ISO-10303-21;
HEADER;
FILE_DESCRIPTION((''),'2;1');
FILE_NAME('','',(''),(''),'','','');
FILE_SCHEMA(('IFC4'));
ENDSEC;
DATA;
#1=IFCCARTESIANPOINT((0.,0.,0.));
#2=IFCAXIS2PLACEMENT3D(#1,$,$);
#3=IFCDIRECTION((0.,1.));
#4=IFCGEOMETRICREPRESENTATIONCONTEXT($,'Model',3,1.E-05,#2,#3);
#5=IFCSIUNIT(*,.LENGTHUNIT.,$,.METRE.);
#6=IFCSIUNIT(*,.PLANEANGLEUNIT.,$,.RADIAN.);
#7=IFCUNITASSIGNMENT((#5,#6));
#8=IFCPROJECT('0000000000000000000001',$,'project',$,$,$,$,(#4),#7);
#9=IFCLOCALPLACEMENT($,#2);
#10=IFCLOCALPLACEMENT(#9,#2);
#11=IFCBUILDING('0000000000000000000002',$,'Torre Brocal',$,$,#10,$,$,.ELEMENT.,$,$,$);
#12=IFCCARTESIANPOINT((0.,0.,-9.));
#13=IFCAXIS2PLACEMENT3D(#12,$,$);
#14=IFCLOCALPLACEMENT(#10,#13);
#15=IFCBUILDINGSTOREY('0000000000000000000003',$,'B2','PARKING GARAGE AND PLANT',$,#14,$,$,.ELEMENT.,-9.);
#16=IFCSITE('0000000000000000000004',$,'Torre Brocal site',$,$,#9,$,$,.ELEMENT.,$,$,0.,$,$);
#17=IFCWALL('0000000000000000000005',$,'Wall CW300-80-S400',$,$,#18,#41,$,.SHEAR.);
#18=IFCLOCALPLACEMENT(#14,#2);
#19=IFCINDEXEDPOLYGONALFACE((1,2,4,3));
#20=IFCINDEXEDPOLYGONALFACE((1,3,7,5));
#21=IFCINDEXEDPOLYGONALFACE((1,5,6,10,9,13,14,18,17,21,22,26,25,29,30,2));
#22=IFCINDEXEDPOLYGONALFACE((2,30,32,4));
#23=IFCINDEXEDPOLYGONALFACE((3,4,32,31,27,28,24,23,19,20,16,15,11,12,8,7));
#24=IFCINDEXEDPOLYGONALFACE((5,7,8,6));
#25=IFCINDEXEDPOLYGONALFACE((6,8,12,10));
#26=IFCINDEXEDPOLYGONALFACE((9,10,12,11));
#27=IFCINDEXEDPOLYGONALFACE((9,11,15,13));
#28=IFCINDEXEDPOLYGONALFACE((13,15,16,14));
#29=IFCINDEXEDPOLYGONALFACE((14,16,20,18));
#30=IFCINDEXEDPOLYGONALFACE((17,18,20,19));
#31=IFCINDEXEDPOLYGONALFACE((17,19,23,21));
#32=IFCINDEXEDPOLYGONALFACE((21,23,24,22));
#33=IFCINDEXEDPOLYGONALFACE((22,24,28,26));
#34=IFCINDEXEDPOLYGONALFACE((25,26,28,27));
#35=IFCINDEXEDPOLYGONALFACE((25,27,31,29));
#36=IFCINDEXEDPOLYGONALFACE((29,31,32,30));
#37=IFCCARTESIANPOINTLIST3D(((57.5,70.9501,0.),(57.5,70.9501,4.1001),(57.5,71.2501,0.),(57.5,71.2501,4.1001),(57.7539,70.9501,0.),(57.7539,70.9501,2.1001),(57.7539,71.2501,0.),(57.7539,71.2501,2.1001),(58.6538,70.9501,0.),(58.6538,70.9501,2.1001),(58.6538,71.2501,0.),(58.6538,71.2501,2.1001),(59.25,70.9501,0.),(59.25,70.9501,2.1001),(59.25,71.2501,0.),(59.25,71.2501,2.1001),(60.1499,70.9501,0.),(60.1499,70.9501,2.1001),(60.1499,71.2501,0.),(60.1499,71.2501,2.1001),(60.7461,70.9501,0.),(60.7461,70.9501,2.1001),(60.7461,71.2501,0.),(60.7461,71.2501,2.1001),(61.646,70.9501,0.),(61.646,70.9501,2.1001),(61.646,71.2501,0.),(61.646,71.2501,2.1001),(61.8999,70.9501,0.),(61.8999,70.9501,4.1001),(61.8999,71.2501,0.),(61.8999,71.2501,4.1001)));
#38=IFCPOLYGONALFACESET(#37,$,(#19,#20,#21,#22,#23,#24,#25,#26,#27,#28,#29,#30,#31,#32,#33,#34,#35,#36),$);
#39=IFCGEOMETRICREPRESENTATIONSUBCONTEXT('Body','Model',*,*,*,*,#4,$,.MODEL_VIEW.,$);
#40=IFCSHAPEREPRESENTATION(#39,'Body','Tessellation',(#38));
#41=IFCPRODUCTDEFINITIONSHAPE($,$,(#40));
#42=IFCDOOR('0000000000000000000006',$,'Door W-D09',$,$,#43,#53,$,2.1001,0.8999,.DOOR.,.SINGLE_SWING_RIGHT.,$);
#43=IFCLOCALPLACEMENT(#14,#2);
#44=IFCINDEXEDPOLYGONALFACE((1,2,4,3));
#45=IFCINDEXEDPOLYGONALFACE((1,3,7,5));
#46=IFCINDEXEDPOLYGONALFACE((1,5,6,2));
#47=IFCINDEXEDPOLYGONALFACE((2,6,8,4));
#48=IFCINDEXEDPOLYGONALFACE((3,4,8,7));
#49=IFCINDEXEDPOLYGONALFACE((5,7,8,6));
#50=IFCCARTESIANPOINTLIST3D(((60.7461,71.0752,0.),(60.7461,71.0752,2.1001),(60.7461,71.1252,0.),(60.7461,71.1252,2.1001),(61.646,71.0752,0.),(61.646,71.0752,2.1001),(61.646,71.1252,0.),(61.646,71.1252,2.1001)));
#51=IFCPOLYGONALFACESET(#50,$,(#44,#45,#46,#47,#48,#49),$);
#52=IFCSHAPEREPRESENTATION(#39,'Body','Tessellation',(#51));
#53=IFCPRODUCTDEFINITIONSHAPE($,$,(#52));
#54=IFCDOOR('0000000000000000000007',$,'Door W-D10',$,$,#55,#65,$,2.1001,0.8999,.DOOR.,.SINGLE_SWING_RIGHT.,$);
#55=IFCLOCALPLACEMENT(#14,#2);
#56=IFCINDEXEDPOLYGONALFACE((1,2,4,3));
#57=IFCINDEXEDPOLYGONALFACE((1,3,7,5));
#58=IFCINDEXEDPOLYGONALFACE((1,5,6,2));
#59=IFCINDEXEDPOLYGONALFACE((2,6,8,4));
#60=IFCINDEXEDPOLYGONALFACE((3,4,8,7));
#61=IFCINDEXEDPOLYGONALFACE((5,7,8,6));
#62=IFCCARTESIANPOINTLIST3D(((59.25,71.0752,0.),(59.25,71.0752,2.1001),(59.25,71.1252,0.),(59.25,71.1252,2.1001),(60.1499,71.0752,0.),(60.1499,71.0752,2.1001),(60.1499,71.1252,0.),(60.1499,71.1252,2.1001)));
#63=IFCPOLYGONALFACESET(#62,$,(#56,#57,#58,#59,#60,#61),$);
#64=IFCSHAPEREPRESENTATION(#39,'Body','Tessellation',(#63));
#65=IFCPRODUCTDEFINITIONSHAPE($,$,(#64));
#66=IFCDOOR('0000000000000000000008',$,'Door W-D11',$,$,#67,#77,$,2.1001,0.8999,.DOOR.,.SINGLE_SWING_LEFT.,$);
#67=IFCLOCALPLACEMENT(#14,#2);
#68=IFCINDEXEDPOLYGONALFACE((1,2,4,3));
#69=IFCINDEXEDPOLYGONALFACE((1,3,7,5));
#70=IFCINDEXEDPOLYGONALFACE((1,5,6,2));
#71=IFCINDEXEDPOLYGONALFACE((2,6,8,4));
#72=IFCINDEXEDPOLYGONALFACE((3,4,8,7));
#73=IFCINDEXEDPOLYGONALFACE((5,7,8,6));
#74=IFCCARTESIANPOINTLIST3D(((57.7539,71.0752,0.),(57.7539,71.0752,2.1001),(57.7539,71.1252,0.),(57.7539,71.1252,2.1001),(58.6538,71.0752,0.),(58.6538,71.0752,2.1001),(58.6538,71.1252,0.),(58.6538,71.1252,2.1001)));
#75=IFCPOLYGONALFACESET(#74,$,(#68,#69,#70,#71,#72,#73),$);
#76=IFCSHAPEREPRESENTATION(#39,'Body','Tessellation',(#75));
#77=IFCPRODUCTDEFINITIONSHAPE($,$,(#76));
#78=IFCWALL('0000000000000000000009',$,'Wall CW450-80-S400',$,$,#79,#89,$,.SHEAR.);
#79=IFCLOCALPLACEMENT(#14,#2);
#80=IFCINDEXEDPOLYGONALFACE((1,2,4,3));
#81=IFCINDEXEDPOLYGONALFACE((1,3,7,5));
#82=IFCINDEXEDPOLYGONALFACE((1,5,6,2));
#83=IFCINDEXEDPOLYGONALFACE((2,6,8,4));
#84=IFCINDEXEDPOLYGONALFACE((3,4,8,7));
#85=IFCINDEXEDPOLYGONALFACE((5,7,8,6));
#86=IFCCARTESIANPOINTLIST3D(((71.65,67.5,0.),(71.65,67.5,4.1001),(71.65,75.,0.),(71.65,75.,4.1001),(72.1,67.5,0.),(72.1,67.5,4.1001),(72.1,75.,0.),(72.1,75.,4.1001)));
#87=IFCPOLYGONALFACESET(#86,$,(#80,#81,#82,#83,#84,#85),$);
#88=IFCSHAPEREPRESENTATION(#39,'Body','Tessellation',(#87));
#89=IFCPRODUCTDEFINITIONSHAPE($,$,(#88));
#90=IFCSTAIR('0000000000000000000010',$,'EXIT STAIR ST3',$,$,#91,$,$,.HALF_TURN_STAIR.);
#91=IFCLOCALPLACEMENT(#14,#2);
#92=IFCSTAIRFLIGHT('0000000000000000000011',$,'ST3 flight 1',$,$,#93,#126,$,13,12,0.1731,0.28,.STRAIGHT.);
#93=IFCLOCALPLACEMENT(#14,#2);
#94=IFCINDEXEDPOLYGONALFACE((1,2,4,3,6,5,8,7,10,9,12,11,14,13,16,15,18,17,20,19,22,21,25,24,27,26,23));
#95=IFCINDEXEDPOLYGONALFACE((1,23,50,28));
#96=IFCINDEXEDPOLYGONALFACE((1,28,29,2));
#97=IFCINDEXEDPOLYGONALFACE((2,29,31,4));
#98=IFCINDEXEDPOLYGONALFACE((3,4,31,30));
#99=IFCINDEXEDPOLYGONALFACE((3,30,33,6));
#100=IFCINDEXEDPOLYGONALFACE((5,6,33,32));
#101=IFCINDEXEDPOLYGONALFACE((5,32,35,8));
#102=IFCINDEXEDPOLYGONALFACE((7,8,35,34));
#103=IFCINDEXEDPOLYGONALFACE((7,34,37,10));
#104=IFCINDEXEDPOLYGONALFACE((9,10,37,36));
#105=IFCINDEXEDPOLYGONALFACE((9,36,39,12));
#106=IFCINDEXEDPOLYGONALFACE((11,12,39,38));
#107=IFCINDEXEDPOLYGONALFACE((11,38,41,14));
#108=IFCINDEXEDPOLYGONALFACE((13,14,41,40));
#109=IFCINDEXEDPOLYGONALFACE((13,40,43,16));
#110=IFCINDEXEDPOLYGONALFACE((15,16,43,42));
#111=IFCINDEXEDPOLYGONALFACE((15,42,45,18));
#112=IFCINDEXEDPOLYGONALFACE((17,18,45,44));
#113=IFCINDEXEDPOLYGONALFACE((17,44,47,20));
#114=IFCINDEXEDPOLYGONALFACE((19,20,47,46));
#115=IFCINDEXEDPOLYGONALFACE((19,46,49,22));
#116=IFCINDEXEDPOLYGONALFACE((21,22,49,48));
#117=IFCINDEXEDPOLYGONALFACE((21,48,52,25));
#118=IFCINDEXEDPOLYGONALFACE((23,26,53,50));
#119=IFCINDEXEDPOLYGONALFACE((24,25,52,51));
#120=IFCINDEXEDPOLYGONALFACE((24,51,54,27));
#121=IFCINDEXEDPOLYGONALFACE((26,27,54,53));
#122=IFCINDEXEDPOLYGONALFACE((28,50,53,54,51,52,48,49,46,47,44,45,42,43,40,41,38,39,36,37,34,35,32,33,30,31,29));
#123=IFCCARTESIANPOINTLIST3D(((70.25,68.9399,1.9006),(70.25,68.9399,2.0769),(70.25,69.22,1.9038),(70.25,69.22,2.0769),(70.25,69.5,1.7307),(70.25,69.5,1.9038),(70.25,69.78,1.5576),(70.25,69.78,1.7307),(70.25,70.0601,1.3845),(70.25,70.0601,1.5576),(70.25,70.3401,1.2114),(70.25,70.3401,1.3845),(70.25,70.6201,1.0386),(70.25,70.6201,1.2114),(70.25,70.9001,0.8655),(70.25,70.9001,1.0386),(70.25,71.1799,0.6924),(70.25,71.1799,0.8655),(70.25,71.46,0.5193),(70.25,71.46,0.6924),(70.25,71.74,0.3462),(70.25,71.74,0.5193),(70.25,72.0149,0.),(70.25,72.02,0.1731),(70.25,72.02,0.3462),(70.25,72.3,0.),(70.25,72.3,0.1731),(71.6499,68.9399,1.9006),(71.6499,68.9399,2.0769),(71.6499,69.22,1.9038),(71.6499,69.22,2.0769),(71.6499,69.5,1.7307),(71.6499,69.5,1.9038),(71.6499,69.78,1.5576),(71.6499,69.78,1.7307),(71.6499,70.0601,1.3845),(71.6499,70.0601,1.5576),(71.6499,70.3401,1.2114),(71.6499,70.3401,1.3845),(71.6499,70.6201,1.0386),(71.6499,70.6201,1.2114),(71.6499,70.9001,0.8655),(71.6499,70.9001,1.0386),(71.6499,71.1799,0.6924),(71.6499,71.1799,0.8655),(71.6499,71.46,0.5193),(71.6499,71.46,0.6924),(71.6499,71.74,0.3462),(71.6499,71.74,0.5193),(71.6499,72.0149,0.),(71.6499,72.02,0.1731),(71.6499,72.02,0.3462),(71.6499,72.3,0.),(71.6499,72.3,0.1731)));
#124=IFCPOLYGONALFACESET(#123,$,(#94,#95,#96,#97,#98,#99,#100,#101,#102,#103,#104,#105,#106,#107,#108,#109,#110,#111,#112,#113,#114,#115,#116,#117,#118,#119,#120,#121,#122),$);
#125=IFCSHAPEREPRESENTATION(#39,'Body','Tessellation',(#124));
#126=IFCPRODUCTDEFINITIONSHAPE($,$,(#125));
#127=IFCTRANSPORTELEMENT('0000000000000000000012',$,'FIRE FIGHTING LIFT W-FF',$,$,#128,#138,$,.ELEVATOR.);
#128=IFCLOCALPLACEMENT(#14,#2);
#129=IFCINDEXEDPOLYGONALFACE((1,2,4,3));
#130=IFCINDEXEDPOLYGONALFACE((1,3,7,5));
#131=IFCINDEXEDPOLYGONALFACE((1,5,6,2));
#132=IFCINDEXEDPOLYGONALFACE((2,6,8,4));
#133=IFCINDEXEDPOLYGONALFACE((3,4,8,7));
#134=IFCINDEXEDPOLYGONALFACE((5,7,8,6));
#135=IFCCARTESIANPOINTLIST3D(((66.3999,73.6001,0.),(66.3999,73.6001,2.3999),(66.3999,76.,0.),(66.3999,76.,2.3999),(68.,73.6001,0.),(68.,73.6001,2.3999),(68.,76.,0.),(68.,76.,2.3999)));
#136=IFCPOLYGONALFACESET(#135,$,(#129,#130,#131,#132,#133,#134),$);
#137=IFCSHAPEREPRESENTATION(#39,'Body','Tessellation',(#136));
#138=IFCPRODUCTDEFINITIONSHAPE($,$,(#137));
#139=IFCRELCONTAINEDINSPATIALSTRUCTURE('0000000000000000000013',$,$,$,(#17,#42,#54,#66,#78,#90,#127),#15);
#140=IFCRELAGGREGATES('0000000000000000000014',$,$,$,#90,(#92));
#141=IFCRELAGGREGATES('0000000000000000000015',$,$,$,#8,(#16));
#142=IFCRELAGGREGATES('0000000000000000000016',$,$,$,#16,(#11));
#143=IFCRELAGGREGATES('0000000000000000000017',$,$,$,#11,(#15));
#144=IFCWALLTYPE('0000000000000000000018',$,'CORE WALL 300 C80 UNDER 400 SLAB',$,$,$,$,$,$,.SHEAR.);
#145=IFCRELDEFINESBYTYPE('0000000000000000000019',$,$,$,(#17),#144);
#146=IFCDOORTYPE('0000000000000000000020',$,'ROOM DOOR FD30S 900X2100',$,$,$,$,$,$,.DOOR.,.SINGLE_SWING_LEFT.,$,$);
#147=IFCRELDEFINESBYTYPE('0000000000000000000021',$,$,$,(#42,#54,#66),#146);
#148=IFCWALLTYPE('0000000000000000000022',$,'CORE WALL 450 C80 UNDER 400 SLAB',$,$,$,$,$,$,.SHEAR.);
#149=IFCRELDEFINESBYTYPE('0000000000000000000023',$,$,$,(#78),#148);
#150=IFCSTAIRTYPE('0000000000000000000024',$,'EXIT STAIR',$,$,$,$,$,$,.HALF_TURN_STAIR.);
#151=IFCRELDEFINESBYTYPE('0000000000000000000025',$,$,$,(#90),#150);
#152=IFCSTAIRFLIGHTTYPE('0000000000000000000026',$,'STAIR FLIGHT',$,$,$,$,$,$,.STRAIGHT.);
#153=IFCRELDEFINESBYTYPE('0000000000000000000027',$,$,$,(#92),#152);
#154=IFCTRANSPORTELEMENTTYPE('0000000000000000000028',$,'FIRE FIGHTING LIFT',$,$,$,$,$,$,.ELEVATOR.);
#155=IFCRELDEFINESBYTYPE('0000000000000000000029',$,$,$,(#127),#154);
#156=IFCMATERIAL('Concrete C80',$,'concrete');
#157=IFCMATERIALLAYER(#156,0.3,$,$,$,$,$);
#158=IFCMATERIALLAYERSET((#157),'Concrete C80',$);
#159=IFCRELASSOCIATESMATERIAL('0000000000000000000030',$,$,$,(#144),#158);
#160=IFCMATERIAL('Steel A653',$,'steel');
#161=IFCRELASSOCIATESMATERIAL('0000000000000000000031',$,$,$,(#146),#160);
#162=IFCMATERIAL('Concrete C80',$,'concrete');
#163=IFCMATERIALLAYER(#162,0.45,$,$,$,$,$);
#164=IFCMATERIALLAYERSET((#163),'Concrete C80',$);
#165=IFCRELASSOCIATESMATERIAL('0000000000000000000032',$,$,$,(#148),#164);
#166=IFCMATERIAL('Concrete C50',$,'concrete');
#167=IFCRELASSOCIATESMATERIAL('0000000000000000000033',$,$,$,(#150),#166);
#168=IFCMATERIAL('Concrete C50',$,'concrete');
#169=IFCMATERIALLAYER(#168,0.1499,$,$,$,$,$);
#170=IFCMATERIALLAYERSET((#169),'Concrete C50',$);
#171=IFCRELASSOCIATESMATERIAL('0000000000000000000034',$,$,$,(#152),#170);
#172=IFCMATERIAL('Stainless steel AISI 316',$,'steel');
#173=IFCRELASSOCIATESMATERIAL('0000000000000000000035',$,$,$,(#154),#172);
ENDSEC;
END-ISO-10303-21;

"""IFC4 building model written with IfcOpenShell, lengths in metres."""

from ifc_helpers import new_model, si_unit, direction, frame, frame_2d, origin, origin_2d, place, context, subcontext, project, spatial, polyline, rectangle, outline, extrude, material, layer, layer_set, type_object, element, fill, aggregate, save


model = new_model("IFC4")

# Units and contexts
model_context = context("Model", 3, precision=1e-05, world=origin(), true_north=direction((0.0, 1.0)))
body_context = subcontext(model_context, "Body", "Model", "MODEL_VIEW")
ifc_project = project(units=[si_unit("LENGTHUNIT", "METRE"), si_unit("PLANEANGLEUNIT", "RADIAN")], contexts=[model_context])

# Site, building, storey
site_placement = place(None, origin())
site = spatial("IfcSite", under=ifc_project, at=site_placement, Name="Torre Brocal site", CompositionType="ELEMENT", RefElevation=0.0)
building_placement = place(site_placement, origin())
building = spatial("IfcBuilding", under=site, at=building_placement, Name="Torre Brocal", CompositionType="ELEMENT")
storey_placement = place(building_placement, frame((0.0, 0.0, -9.0)))
storey = spatial("IfcBuildingStorey", under=building, at=storey_placement, Name="B2", Description="PARKING GARAGE AND PLANT", CompositionType="ELEMENT", Elevation=-9.0)

# Shared definitions
ifc_material_1 = material(Name="Concrete C80", Category="concrete")
ifc_layer_1 = layer(ifc_material_1, 0.3)
ifc_layer_set_1 = layer_set([ifc_layer_1], Name="Concrete C80")
wall_type_1 = type_object("IfcWallType", Name="CORE WALL 300 C80 UNDER 400 SLAB", PredefinedType="SHEAR", material=ifc_layer_set_1)

# Shared definitions
ifc_material_2 = material(Name="Steel A653", Category="steel")
door_type_1 = type_object("IfcDoorType", Name="ROOM DOOR FD30S 900X2100", OperationType="SINGLE_SWING_LEFT", PredefinedType="DOOR", material=ifc_material_2)

# Wall, openings, doors
wall_1_placement = place(storey_placement, frame((61.8999, 71.1001, 0.0), z_axis=(0.0, 0.0, 1.0), x_axis=(-1.0, 0.0, 0.0)))
wall_1 = element("IfcWall", 1, at=wall_1_placement, inside=storey, type_object=wall_type_1, Name="Wall CW300-80-S400", PredefinedType="SHEAR", context=body_context, shape_type="SweptSolid", body=[
    extrude(rectangle(XDim=4.3999, YDim=0.3, at=frame_2d((2.2, 0.0))), origin(), (0.0, 0.0, 1.0), 4.1001),
])
opening_1_placement = place(wall_1_placement, frame((0.2539, 0.0, 0.0)))
opening_1 = element("IfcOpeningElement", 2, at=opening_1_placement, cuts=wall_1, PredefinedType="OPENING", context=body_context, shape_type="SweptSolid", body=[
    extrude(rectangle(XDim=0.8999, YDim=2.1001, at=frame_2d((0.45, 1.05))), frame((0.0, 0.1599, 0.0), z_axis=(0.0, -1.0, 0.0), x_axis=(1.0, 0.0, 0.0)), (0.0, 0.0, 1.0), 0.3201),
])
opening_2_placement = place(wall_1_placement, frame((1.75, 0.0, 0.0)))
opening_2 = element("IfcOpeningElement", 3, at=opening_2_placement, cuts=wall_1, PredefinedType="OPENING", context=body_context, shape_type="SweptSolid", body=[
    extrude(rectangle(XDim=0.8999, YDim=2.1001, at=frame_2d((0.45, 1.05))), frame((0.0, 0.1599, 0.0), z_axis=(0.0, -1.0, 0.0), x_axis=(1.0, 0.0, 0.0)), (0.0, 0.0, 1.0), 0.3201),
])
opening_3_placement = place(wall_1_placement, frame((3.2461, 0.0, 0.0)))
opening_3 = element("IfcOpeningElement", 4, at=opening_3_placement, cuts=wall_1, PredefinedType="OPENING", context=body_context, shape_type="SweptSolid", body=[
    extrude(rectangle(XDim=0.8999, YDim=2.1001, at=frame_2d((0.45, 1.05))), frame((0.0, 0.1599, 0.0), z_axis=(0.0, -1.0, 0.0), x_axis=(1.0, 0.0, 0.0)), (0.0, 0.0, 1.0), 0.3201),
])
door_1_placement = place(opening_1_placement, origin())
door_1 = element("IfcDoor", 5, at=door_1_placement, inside=storey, type_object=door_type_1, Name="Door W-D09", OperationType="SINGLE_SWING_RIGHT", OverallHeight=2.1001, OverallWidth=0.8999, PredefinedType="DOOR", context=body_context, shape_type="SweptSolid", body=[
    extrude(rectangle(XDim=0.8999, YDim=2.1001, at=frame_2d((0.45, 1.05))), frame((0.0, 0.0249, 0.0), z_axis=(0.0, -1.0, 0.0), x_axis=(1.0, 0.0, 0.0)), (0.0, 0.0, 1.0), 0.05),
])
fill(opening_1, door_1)
door_2_placement = place(opening_2_placement, origin())
door_2 = element("IfcDoor", 6, at=door_2_placement, inside=storey, type_object=door_type_1, Name="Door W-D10", OperationType="SINGLE_SWING_RIGHT", OverallHeight=2.1001, OverallWidth=0.8999, PredefinedType="DOOR", context=body_context, shape_type="SweptSolid", body=[
    extrude(rectangle(XDim=0.8999, YDim=2.1001, at=frame_2d((0.45, 1.05))), frame((0.0, 0.0249, 0.0), z_axis=(0.0, -1.0, 0.0), x_axis=(1.0, 0.0, 0.0)), (0.0, 0.0, 1.0), 0.05),
])
fill(opening_2, door_2)
door_3_placement = place(opening_3_placement, origin())
door_3 = element("IfcDoor", 7, at=door_3_placement, inside=storey, type_object=door_type_1, Name="Door W-D11", OperationType="SINGLE_SWING_LEFT", OverallHeight=2.1001, OverallWidth=0.8999, PredefinedType="DOOR", context=body_context, shape_type="SweptSolid", body=[
    extrude(rectangle(XDim=0.8999, YDim=2.1001, at=frame_2d((0.45, 1.05))), frame((0.0, 0.0249, 0.0), z_axis=(0.0, -1.0, 0.0), x_axis=(1.0, 0.0, 0.0)), (0.0, 0.0, 1.0), 0.05),
])
fill(opening_3, door_3)

# Wall
ifc_material_3 = material(Name="Concrete C80", Category="concrete")
ifc_layer_2 = layer(ifc_material_3, 0.45)
ifc_layer_set_2 = layer_set([ifc_layer_2], Name="Concrete C80")
wall_type_2 = type_object("IfcWallType", Name="CORE WALL 450 C80 UNDER 400 SLAB", PredefinedType="SHEAR", material=ifc_layer_set_2)
wall_2_placement = place(storey_placement, frame((71.875, 75.0, 0.0), z_axis=(0.0, 0.0, 1.0), x_axis=(0.0, -1.0, 0.0)))
element("IfcWall", 8, at=wall_2_placement, inside=storey, type_object=wall_type_2, Name="Wall CW450-80-S400", PredefinedType="SHEAR", context=body_context, shape_type="SweptSolid", body=[
    extrude(rectangle(XDim=7.5, YDim=0.45, at=frame_2d((3.75, 0.0))), origin(), (0.0, 0.0, 1.0), 4.1001),
])

# Stair, stair flight
ifc_material_4 = material(Name="Concrete C50", Category="concrete")
stair_type = type_object("IfcStairType", Name="EXIT STAIR", PredefinedType="HALF_TURN_STAIR", material=ifc_material_4)
stair_placement = place(storey_placement, origin())
stair = element("IfcStair", 9, at=stair_placement, inside=storey, type_object=stair_type, Name="EXIT STAIR ST3", PredefinedType="HALF_TURN_STAIR")
ifc_material_5 = material(Name="Concrete C50", Category="concrete")
ifc_layer_3 = layer(ifc_material_5, 0.1499)
ifc_layer_set_3 = layer_set([ifc_layer_3], Name="Concrete C50")
stair_flight_type = type_object("IfcStairFlightType", Name="STAIR FLIGHT", PredefinedType="STRAIGHT", material=ifc_layer_set_3)
stair_flight_placement = place(storey_placement, frame((70.95, 72.3, 0.0), z_axis=(0.0, 0.0, 1.0), x_axis=(0.0, -1.0, 0.0)))
stair_flight = element("IfcStairFlight", 10, at=stair_flight_placement, type_object=stair_flight_type, Name="ST3 flight 1", NumberOfRisers=13, NumberOfTreads=12, PredefinedType="STRAIGHT", RiserHeight=0.1731, TreadLength=0.28, context=body_context, shape_type="SweptSolid", body=[
    extrude(outline(polyline([(0.0, 0.0), (0.0, 0.1731), (0.28, 0.1731), (0.28, 0.3462), (0.5601, 0.3462), (0.5601, 0.5193), (0.8401, 0.5193), (0.8401, 0.6924), (1.1201, 0.6924), (1.1201, 0.8655), (1.3999, 0.8655), (1.3999, 1.0386), (1.6799, 1.0386), (1.6799, 1.2114), (1.96, 1.2114), (1.96, 1.3845), (2.24, 1.3845), (2.24, 1.5576), (2.52, 1.5576), (2.52, 1.7307), (2.8, 1.7307), (2.8, 1.9038), (3.0801, 1.9038), (3.0801, 2.0769), (3.3601, 2.0769), (3.3601, 2.25), (3.3601, 1.9006), (0.2852, 0.0), (0.0, 0.0)])), frame((0.0, 0.7, 0.0), z_axis=(0.0, -1.0, 0.0), x_axis=(1.0, 0.0, 0.0)), (0.0, 0.0, 1.0), 1.3999),
])
aggregate(stair, [stair_flight])

# Transport element
ifc_material_6 = material(Name="Stainless steel AISI 316", Category="steel")
transport_element_type = type_object("IfcTransportElementType", Name="FIRE FIGHTING LIFT", PredefinedType="ELEVATOR", material=ifc_material_6)
transport_element_placement = place(storey_placement, frame((67.2, 74.8, 0.0), z_axis=(0.0, 0.0, 1.0), x_axis=(1.0, 0.0, 0.0)))
element("IfcTransportElement", 11, at=transport_element_placement, inside=storey, type_object=transport_element_type, Name="FIRE FIGHTING LIFT W-FF", PredefinedType="ELEVATOR", context=body_context, shape_type="SweptSolid", body=[
    extrude(rectangle(XDim=1.6001, YDim=2.3999, at=origin_2d()), origin(), (0.0, 0.0, 1.0), 2.3999),
])

save(model, "model.ifc")
